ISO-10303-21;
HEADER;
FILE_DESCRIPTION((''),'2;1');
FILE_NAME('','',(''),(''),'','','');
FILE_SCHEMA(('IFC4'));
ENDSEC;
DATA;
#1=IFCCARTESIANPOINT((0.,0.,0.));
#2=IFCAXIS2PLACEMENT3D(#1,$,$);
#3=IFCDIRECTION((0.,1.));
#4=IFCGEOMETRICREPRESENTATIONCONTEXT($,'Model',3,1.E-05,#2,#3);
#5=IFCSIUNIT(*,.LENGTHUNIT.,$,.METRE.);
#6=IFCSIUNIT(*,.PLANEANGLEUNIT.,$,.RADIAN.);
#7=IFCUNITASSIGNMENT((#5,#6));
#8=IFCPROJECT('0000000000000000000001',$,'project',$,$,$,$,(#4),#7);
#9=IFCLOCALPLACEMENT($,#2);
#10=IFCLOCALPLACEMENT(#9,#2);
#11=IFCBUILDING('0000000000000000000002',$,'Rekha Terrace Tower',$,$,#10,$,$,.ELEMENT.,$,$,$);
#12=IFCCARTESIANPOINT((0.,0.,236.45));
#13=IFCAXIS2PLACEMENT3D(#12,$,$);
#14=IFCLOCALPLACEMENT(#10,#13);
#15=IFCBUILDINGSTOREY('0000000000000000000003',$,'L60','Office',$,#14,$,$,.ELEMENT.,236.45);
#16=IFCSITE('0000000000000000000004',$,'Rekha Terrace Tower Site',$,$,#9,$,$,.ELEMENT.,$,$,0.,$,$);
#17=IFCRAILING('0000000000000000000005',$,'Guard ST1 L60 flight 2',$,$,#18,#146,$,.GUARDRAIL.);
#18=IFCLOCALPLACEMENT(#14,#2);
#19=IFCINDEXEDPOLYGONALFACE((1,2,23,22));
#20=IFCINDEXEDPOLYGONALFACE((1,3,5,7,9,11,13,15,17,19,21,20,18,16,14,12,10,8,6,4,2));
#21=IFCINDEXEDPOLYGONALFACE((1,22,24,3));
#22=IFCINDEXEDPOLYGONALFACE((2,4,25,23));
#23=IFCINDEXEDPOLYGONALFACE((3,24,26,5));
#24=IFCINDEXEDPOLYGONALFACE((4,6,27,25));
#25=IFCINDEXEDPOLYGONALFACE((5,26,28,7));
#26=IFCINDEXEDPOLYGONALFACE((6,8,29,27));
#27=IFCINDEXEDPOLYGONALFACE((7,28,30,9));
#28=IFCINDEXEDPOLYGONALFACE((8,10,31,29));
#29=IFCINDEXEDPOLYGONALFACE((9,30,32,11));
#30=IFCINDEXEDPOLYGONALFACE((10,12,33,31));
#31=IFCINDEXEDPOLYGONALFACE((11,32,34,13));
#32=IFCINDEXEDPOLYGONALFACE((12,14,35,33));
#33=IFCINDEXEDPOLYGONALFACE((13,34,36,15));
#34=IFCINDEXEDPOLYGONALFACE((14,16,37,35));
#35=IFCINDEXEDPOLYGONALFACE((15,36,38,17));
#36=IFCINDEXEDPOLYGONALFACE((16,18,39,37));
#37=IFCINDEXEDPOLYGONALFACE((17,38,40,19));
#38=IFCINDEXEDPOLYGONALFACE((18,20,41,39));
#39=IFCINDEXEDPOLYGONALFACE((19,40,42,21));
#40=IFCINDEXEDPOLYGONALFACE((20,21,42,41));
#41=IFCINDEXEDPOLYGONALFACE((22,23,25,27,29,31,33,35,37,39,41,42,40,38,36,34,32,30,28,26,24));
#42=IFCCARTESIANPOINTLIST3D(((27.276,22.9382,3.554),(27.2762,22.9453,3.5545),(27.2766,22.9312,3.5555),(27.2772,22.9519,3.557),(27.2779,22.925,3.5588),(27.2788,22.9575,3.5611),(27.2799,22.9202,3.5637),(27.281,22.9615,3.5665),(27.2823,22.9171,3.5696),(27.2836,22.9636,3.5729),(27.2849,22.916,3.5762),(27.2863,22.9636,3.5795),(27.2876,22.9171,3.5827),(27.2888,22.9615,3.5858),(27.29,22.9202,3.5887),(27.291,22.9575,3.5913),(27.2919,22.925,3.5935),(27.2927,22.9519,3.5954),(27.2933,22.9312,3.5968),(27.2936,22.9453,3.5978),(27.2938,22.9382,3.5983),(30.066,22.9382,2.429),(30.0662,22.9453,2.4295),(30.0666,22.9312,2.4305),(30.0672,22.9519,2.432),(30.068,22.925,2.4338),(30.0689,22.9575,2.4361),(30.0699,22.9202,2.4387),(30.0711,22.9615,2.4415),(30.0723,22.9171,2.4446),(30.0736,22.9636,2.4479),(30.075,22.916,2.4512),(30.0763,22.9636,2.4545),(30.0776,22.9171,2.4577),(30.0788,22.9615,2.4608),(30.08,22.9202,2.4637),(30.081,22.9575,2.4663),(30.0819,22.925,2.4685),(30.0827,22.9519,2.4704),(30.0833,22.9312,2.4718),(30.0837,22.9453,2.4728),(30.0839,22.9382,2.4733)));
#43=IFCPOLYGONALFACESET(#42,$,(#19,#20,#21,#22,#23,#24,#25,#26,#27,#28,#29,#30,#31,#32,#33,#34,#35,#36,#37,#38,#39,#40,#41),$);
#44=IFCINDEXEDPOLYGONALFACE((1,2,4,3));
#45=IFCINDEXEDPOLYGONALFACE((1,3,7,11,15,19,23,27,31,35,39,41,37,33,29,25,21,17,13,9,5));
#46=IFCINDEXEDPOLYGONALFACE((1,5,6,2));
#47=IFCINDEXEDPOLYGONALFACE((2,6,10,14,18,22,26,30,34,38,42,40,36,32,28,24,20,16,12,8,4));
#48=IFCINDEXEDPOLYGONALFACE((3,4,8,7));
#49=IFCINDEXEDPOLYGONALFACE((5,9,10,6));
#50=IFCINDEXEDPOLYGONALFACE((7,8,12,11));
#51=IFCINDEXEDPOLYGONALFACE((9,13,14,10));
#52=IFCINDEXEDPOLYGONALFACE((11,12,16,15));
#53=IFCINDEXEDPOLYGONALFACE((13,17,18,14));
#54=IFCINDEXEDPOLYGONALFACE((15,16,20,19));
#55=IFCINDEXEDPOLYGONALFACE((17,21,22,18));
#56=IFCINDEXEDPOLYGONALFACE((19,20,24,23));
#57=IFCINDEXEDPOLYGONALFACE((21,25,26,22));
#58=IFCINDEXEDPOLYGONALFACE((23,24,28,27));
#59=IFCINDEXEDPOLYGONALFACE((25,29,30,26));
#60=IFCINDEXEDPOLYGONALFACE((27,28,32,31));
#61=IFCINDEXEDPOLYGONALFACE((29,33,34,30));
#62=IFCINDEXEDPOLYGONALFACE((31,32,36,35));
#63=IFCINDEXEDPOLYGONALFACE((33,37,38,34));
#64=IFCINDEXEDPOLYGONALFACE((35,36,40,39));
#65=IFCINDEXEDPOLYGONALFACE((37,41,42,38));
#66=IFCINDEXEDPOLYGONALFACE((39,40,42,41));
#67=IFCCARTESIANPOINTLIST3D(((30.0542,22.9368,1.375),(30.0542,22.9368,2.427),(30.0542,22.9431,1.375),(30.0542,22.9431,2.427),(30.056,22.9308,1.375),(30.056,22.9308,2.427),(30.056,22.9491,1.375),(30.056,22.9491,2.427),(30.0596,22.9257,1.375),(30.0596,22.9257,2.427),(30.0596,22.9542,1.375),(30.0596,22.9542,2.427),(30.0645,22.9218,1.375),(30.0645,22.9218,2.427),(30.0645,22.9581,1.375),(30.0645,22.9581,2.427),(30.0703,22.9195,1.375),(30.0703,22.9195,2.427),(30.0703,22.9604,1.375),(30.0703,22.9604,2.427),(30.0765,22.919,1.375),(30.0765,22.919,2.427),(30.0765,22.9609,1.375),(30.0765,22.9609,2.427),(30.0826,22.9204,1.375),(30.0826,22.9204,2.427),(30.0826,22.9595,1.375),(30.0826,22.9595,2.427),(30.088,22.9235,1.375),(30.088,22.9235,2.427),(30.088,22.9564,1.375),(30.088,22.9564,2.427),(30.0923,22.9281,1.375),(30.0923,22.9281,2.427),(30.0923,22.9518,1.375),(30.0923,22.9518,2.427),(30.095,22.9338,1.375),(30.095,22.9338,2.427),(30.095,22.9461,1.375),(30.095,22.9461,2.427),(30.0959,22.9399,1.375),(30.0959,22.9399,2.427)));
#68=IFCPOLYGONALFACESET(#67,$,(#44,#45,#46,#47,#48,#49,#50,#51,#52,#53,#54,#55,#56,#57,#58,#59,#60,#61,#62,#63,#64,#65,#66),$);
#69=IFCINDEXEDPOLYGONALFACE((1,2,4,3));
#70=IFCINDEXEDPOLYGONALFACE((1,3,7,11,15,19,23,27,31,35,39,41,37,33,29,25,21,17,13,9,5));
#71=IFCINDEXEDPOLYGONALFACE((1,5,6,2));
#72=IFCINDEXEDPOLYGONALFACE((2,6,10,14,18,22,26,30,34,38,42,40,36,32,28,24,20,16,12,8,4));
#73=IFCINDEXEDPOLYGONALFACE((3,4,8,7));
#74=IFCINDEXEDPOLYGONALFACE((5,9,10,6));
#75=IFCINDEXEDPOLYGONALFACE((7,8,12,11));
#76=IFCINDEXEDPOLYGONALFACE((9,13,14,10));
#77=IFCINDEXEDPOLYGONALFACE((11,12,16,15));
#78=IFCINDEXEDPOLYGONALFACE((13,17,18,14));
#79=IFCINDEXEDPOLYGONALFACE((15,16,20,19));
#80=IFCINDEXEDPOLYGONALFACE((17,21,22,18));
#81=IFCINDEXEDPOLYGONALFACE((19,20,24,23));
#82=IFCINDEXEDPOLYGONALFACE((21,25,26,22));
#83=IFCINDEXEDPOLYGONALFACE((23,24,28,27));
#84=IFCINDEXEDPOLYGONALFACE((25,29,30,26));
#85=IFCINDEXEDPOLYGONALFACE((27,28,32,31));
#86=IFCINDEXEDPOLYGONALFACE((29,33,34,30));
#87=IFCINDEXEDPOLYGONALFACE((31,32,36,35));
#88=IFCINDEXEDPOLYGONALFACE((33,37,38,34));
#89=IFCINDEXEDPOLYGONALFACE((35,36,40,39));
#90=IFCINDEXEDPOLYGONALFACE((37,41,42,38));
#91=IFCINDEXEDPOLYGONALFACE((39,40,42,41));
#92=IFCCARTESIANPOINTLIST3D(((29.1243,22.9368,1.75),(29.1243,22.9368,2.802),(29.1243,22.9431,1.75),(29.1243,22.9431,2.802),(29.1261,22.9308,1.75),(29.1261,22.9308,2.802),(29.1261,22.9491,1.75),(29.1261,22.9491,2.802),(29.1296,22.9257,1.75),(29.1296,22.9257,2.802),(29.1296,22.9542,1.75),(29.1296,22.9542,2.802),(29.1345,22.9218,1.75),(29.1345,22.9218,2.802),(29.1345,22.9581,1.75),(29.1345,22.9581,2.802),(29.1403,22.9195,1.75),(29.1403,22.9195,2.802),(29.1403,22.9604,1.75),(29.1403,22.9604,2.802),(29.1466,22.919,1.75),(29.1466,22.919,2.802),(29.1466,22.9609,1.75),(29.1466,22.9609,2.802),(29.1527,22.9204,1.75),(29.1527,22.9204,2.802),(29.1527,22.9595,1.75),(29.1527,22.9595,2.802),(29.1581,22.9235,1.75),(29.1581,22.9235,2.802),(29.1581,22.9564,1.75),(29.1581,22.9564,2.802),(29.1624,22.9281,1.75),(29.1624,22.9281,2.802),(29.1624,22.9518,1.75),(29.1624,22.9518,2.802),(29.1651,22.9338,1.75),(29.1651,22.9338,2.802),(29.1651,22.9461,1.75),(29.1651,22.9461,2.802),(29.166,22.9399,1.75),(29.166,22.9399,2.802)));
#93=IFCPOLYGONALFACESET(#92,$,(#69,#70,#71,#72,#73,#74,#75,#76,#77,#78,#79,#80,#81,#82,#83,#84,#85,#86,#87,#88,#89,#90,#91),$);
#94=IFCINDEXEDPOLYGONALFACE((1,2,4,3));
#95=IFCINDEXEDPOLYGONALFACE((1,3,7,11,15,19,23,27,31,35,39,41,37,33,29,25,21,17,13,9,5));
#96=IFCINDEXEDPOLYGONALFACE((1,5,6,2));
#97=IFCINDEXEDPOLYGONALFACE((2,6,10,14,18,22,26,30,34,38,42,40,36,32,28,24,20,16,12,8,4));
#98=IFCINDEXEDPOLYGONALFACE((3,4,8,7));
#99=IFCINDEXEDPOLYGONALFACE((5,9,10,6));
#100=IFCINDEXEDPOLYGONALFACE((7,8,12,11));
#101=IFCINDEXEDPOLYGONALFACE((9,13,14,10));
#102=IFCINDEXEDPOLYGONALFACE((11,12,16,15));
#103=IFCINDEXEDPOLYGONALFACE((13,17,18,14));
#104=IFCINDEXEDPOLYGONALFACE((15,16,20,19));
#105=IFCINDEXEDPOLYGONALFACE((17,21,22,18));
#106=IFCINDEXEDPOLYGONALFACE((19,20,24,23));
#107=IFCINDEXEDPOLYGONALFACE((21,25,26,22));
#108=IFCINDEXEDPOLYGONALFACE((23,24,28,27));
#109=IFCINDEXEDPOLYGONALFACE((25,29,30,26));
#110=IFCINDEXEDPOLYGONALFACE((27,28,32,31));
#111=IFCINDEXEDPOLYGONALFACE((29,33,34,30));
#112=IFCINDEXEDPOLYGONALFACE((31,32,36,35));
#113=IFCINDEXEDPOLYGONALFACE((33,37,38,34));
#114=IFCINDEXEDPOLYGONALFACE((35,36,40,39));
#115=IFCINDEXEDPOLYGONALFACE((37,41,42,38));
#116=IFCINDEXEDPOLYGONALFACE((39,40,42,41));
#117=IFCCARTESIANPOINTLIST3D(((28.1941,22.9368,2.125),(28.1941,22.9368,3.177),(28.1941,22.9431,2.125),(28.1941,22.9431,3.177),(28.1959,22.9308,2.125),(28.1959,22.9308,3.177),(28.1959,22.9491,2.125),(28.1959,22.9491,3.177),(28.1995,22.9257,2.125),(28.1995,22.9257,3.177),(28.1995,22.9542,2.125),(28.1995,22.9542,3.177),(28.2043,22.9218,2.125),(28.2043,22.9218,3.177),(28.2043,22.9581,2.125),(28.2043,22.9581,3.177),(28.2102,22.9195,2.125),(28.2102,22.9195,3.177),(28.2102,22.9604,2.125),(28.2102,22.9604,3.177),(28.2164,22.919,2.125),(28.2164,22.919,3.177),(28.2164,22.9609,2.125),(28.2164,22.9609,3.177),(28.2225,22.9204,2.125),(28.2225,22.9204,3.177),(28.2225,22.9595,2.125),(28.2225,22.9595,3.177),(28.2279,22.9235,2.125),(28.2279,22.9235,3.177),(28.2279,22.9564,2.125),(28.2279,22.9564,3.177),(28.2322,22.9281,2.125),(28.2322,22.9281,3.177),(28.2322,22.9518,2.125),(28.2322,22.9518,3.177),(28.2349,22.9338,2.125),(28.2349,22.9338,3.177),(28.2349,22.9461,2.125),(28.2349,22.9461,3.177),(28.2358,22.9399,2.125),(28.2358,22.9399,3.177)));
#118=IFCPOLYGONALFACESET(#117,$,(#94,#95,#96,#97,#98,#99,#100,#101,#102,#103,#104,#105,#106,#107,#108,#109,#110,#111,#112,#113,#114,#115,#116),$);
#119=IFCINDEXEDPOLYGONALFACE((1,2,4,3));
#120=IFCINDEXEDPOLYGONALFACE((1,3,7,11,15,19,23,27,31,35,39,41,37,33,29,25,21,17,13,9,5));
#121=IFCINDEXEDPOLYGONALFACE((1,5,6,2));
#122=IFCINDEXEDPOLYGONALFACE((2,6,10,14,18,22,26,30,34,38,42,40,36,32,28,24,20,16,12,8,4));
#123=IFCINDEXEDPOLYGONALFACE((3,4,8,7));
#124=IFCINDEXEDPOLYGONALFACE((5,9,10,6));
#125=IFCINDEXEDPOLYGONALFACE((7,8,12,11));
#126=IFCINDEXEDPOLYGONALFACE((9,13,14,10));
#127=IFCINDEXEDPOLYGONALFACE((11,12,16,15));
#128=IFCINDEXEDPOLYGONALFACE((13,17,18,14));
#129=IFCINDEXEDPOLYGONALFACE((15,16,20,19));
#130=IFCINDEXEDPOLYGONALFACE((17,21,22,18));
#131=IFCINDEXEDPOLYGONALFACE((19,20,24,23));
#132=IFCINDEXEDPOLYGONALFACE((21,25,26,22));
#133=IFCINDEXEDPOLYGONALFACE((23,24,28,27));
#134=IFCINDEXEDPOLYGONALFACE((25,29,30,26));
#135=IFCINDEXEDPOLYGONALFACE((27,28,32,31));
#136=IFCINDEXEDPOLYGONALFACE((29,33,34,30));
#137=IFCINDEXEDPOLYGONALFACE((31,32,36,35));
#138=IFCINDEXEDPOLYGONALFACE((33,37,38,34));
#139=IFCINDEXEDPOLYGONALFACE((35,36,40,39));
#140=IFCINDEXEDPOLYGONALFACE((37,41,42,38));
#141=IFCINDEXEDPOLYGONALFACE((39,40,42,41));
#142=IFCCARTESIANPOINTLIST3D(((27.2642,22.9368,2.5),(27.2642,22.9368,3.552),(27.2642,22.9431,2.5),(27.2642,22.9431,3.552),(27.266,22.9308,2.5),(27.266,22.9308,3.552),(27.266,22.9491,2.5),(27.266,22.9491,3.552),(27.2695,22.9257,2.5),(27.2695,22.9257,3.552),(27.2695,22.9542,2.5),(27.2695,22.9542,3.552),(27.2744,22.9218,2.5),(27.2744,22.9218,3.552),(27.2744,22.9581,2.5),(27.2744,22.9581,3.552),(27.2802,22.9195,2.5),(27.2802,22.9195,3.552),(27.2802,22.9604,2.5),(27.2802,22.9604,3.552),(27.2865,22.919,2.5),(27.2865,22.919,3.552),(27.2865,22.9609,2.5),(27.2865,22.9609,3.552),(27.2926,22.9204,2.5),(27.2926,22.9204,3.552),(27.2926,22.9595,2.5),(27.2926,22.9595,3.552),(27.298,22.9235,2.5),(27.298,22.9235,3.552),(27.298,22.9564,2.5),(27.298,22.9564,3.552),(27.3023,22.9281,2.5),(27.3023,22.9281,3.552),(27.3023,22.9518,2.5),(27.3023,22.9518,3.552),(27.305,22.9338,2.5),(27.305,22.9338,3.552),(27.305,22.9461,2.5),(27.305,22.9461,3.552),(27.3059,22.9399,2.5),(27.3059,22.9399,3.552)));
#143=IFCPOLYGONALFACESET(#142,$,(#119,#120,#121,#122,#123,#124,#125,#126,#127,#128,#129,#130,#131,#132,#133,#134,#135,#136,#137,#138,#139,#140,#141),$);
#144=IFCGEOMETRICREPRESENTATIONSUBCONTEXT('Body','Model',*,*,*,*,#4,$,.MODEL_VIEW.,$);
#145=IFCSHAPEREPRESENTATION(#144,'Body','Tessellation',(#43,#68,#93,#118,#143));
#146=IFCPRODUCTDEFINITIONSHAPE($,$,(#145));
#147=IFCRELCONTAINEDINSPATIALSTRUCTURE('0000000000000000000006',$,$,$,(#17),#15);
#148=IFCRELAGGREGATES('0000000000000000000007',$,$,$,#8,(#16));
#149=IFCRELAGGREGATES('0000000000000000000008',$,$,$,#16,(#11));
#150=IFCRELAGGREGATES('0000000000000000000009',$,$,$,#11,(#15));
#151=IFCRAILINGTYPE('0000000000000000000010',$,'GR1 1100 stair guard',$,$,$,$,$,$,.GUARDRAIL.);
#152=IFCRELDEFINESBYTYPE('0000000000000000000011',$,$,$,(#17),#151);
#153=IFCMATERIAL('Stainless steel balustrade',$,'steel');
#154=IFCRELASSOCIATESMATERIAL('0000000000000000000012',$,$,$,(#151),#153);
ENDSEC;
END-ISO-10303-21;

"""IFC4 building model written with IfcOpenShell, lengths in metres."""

from ifc_helpers import new_model, si_unit, direction, frame, origin, origin_2d, place, context, subcontext, project, spatial, circle, extrude, material, type_object, element, save


model = new_model("IFC4")

# Units and contexts
model_context = context("Model", 3, precision=1e-05, world=origin(), true_north=direction((0.0, 1.0)))
body_context = subcontext(model_context, "Body", "Model", "MODEL_VIEW")
ifc_project = project(units=[si_unit("LENGTHUNIT", "METRE"), si_unit("PLANEANGLEUNIT", "RADIAN")], contexts=[model_context])

# Site, building, storey
site_placement = place(None, origin())
site = spatial("IfcSite", under=ifc_project, at=site_placement, Name="Rekha Terrace Tower Site", CompositionType="ELEMENT", RefElevation=0.0)
building_placement = place(site_placement, origin())
building = spatial("IfcBuilding", under=site, at=building_placement, Name="Rekha Terrace Tower", CompositionType="ELEMENT")
storey_placement = place(building_placement, frame((0.0, 0.0, 236.45)))
storey = spatial("IfcBuildingStorey", under=building, at=storey_placement, Name="L60", Description="Office", CompositionType="ELEMENT", Elevation=236.45)

# Railing
ifc_material_1 = material(Name="Stainless steel balustrade", Category="steel")
railing_type_1 = type_object("IfcRailingType", Name="GR1 1100 stair guard", PredefinedType="GUARDRAIL", material=ifc_material_1)
railing_1_placement = place(storey_placement, frame((30.075, 22.9399, 1.375)))
element("IfcRailing", 1, at=railing_1_placement, inside=storey, type_object=railing_type_1, Name="Guard ST1 L60 flight 2", PredefinedType="GUARDRAIL", context=body_context, shape_type="SweptSolid", body=[
    extrude(circle(Radius=0.0239, at=origin_2d()), frame((0.0, 0.0, 1.0762), z_axis=(-0.927443, 0.0, 0.373964), x_axis=(0.0, -1.0, 0.0)), (0.0, 0.0, 1.0), 3.0083),
    extrude(circle(Radius=0.021, at=origin_2d()), origin(), (0.0, 0.0, 1.0), 1.052),
    extrude(circle(Radius=0.021, at=origin_2d()), frame((-0.9299, 0.0, 0.375)), (0.0, 0.0, 1.0), 1.052),
    extrude(circle(Radius=0.021, at=origin_2d()), frame((-1.8601, 0.0, 0.75)), (0.0, 0.0, 1.0), 1.052),
    extrude(circle(Radius=0.021, at=origin_2d()), frame((-2.79, 0.0, 1.125)), (0.0, 0.0, 1.0), 1.052),
])

save(model, "model.ifc")
